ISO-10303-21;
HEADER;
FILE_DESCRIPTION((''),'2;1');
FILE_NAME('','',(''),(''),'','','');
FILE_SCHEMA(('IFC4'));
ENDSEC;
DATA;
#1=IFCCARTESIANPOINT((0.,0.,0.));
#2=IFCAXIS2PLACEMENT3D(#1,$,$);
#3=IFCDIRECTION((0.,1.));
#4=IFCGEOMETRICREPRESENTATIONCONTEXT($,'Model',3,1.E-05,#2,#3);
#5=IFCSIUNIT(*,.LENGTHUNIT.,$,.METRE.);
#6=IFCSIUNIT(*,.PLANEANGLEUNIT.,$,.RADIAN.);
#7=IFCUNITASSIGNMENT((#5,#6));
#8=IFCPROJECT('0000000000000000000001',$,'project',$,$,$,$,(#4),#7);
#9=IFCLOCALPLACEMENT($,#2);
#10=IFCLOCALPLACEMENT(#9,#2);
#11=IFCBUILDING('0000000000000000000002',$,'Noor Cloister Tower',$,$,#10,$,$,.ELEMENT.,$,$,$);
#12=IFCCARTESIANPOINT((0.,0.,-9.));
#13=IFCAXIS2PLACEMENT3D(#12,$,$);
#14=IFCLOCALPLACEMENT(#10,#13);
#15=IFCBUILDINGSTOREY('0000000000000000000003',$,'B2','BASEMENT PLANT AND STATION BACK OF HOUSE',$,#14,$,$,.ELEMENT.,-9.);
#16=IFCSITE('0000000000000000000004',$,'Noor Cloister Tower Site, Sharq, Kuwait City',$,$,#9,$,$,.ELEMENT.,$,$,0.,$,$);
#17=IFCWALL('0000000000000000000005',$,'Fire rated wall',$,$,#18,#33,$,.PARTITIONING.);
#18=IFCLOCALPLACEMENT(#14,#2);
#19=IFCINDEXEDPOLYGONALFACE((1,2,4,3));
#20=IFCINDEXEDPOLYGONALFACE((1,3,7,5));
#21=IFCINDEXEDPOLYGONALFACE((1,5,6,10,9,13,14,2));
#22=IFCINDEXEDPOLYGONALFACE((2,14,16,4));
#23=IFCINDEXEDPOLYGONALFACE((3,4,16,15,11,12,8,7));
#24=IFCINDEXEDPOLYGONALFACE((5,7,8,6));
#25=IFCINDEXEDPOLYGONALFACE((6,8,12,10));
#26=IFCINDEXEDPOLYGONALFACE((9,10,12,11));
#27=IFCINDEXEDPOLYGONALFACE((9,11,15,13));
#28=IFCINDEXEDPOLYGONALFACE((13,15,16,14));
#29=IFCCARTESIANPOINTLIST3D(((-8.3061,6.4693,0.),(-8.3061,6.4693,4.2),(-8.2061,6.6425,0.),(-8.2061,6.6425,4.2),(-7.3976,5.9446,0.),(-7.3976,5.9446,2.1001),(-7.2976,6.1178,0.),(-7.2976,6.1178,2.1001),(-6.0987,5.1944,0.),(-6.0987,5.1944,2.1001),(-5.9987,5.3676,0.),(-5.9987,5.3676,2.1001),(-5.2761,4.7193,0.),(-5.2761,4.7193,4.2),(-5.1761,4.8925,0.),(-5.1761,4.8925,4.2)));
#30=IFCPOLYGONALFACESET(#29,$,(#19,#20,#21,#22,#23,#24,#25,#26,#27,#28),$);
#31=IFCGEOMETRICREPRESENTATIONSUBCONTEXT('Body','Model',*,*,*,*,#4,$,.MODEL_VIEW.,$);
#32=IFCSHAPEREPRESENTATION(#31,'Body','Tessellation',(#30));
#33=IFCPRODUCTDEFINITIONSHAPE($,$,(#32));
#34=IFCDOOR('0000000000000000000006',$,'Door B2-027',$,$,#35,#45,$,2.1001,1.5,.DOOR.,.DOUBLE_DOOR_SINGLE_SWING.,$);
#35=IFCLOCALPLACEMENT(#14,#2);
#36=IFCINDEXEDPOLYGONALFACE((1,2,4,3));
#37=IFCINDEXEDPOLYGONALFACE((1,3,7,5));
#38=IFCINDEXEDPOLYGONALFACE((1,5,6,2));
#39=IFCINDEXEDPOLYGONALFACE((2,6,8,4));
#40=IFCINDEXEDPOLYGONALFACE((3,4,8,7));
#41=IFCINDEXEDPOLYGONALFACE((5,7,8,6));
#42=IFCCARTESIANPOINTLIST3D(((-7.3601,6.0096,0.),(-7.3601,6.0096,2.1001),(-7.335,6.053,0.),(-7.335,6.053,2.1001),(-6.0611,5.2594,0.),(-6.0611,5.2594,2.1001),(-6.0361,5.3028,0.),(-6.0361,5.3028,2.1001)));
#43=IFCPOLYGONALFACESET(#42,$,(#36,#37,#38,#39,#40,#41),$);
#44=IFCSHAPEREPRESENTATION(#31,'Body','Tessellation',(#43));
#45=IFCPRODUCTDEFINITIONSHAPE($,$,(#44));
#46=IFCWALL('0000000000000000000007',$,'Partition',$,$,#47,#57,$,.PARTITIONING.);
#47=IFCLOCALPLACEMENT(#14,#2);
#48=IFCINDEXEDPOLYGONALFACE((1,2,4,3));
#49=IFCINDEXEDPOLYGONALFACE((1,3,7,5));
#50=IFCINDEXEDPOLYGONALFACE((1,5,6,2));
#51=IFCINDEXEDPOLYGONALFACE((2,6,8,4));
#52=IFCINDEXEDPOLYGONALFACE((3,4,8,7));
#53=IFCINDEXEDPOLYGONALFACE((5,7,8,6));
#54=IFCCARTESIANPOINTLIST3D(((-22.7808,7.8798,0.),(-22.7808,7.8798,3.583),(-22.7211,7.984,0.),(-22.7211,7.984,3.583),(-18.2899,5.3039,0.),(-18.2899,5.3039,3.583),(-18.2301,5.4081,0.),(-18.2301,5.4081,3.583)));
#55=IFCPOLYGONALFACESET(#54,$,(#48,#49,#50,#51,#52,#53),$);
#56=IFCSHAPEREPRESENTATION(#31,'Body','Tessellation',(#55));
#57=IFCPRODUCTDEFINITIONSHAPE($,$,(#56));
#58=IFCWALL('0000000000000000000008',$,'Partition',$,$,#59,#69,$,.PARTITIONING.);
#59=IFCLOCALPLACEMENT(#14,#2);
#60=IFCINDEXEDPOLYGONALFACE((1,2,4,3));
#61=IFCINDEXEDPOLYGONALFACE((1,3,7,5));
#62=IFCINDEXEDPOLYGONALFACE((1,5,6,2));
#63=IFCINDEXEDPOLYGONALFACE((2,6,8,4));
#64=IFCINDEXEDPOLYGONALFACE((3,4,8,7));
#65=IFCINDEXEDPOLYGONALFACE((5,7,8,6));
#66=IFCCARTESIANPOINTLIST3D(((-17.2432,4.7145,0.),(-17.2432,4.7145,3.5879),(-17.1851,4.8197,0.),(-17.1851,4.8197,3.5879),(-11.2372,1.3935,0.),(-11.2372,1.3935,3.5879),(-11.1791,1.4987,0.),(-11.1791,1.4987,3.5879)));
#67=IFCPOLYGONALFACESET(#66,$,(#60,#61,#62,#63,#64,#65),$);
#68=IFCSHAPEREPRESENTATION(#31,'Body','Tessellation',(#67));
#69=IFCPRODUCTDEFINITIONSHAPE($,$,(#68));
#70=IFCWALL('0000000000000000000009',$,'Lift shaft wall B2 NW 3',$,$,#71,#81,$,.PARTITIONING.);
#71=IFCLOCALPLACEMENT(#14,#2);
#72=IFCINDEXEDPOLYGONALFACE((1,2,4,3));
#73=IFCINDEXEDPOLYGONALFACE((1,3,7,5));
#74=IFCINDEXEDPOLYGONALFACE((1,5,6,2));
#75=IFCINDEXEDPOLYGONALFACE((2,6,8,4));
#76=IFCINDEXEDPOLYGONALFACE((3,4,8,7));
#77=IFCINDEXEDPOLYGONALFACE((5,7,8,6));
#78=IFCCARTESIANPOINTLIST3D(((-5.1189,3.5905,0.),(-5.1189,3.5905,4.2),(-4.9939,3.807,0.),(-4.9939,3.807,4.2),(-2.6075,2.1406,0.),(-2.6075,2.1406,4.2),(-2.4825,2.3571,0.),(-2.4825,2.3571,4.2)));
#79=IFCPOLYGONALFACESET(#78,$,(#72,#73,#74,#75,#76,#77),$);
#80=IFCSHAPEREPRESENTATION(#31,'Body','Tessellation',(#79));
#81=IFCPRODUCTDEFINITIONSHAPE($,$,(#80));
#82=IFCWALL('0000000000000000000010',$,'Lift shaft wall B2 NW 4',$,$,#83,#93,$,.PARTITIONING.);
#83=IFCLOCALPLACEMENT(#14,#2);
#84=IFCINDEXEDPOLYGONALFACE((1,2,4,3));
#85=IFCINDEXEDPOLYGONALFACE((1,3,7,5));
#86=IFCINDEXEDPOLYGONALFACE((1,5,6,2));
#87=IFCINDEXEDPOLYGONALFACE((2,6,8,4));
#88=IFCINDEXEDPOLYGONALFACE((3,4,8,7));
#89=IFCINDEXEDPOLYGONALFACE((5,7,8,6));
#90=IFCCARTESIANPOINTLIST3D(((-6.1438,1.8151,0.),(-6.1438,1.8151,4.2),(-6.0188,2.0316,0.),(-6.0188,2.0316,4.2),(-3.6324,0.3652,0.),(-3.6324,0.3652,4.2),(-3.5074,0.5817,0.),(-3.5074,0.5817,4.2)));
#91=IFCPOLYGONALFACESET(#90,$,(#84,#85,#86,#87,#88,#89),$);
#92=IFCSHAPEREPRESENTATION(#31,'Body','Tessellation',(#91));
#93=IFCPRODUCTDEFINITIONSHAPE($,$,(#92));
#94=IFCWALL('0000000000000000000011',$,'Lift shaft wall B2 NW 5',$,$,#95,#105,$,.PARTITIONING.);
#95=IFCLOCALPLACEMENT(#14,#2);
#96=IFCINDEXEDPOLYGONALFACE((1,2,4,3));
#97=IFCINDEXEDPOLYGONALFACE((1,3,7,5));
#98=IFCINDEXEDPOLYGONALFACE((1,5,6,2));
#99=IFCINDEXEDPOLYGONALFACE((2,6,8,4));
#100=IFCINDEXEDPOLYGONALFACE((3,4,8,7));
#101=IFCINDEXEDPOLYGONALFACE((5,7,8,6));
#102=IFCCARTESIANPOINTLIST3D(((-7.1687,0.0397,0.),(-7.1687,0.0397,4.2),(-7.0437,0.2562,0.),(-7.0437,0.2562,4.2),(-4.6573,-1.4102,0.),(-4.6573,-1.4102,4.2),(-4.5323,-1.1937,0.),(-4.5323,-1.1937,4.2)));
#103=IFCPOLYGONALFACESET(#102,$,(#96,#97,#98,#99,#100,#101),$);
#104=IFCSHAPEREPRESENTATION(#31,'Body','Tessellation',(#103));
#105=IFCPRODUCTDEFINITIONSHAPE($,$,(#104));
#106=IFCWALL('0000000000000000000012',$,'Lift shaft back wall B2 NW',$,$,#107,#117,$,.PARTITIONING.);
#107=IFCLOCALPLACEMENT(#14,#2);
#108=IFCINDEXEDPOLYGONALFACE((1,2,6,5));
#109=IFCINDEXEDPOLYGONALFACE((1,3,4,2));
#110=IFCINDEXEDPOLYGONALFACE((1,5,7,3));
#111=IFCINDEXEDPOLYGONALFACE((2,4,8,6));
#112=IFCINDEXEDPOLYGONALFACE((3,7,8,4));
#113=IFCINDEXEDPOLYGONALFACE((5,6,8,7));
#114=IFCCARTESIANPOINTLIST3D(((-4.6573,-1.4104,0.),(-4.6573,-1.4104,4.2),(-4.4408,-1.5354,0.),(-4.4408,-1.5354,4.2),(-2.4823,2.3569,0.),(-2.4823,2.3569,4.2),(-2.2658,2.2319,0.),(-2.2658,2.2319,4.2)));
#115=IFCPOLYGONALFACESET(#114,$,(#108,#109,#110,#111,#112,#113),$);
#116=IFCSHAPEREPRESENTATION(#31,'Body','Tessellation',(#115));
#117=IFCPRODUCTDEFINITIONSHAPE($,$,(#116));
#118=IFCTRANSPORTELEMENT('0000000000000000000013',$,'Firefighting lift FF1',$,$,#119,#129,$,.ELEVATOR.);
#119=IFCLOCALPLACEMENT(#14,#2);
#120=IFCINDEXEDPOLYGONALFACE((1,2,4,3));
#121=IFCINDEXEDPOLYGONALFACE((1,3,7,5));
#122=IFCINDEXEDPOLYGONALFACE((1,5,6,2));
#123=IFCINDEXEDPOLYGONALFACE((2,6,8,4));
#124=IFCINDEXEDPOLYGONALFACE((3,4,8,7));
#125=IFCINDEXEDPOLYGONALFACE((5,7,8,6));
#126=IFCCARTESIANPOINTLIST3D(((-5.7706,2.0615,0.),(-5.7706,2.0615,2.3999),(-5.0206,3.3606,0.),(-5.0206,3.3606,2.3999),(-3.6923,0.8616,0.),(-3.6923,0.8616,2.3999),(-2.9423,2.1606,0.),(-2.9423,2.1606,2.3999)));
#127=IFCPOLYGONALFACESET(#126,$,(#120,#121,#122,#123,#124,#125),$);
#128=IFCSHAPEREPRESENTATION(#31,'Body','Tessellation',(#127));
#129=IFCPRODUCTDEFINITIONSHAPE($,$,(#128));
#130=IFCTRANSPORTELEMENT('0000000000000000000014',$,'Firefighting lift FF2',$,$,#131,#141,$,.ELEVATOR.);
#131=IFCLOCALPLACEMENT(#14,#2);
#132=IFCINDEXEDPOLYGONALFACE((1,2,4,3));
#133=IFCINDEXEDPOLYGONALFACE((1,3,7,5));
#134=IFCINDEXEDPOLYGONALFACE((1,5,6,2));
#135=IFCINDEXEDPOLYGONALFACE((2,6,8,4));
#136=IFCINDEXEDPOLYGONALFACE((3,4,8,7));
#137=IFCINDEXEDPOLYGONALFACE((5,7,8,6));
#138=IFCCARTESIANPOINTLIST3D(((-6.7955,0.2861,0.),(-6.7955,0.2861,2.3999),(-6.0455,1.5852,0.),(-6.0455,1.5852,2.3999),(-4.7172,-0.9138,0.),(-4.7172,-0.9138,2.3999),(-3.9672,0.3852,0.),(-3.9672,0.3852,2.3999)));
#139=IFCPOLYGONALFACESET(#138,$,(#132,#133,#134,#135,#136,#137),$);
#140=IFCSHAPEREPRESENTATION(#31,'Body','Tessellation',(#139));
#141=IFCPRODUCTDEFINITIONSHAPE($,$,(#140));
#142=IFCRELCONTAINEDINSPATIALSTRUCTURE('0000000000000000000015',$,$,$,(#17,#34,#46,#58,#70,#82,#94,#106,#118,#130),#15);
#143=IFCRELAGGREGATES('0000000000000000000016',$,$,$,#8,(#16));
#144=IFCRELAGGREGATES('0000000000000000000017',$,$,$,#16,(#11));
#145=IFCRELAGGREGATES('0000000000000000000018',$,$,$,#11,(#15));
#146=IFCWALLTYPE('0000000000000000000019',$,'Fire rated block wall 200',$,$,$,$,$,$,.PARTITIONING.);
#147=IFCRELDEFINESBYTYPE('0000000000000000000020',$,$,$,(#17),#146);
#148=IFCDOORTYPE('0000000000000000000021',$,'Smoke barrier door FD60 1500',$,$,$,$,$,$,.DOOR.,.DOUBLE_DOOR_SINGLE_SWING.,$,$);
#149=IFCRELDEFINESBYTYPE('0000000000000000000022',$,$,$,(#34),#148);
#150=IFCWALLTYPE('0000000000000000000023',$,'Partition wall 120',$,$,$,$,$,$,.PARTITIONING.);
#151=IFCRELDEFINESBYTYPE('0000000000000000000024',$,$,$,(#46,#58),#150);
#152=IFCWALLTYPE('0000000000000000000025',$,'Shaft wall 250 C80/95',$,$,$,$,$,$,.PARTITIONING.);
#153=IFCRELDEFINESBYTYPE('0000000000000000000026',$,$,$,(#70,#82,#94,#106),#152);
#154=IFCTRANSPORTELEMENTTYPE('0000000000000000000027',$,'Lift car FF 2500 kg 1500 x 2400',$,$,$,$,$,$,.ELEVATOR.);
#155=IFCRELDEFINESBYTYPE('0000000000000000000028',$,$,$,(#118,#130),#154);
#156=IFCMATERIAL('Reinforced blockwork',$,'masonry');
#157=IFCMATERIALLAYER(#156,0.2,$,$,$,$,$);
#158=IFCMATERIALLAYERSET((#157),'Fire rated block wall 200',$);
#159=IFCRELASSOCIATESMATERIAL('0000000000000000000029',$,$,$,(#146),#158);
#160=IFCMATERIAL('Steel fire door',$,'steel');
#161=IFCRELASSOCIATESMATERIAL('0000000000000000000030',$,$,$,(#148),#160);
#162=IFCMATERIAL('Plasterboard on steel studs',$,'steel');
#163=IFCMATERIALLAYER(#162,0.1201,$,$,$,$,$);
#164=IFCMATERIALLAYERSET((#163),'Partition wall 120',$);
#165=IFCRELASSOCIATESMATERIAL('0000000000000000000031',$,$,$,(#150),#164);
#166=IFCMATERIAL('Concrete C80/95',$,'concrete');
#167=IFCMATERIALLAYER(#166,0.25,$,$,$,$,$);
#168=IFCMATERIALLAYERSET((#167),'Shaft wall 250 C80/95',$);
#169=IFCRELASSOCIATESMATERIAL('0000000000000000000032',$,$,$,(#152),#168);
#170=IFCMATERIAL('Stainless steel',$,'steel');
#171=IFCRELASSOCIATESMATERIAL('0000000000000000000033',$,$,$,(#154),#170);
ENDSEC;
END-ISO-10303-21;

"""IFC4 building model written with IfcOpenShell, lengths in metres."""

from ifc_helpers import new_model, si_unit, direction, frame, frame_2d, origin, origin_2d, place, context, subcontext, project, spatial, rectangle, extrude, material, layer, layer_set, type_object, element, fill, save


model = new_model("IFC4")

# Units and contexts
model_context = context("Model", 3, precision=1e-05, world=origin(), true_north=direction((0.0, 1.0)))
body_context = subcontext(model_context, "Body", "Model", "MODEL_VIEW")
ifc_project = project(units=[si_unit("LENGTHUNIT", "METRE"), si_unit("PLANEANGLEUNIT", "RADIAN")], contexts=[model_context])

# Site, building, storey
site_placement = place(None, origin())
site = spatial("IfcSite", under=ifc_project, at=site_placement, Name="Noor Cloister Tower Site, Sharq, Kuwait City", CompositionType="ELEMENT", RefElevation=0.0)
building_placement = place(site_placement, origin())
building = spatial("IfcBuilding", under=site, at=building_placement, Name="Noor Cloister Tower", CompositionType="ELEMENT")
storey_placement = place(building_placement, frame((0.0, 0.0, -9.0)))
storey = spatial("IfcBuildingStorey", under=building, at=storey_placement, Name="B2", Description="BASEMENT PLANT AND STATION BACK OF HOUSE", CompositionType="ELEMENT", Elevation=-9.0)

# Shared definitions
ifc_material_1 = material(Name="Reinforced blockwork", Category="masonry")
ifc_layer_1 = layer(ifc_material_1, 0.2)
ifc_layer_set_1 = layer_set([ifc_layer_1], Name="Fire rated block wall 200")
wall_type_1 = type_object("IfcWallType", Name="Fire rated block wall 200", PredefinedType="PARTITIONING", material=ifc_layer_set_1)

# Wall, opening, door
wall_1_placement = place(storey_placement, frame((-5.2261, 4.8059, 0.0), z_axis=(0.0, 0.0, 1.0), x_axis=(-0.86595, 0.500131, 0.0)))
wall_1 = element("IfcWall", 1, at=wall_1_placement, inside=storey, type_object=wall_type_1, Name="Fire rated wall", PredefinedType="PARTITIONING", context=body_context, shape_type="SweptSolid", body=[
    extrude(rectangle(XDim=3.499, YDim=0.2, at=frame_2d((1.7495, 0.0))), origin(), (0.0, 0.0, 1.0), 4.2),
])
opening_1_placement = place(wall_1_placement, frame((0.95, 0.0, 0.0)))
opening_1 = element("IfcOpeningElement", 2, at=opening_1_placement, cuts=wall_1, PredefinedType="OPENING", context=body_context, shape_type="SweptSolid", body=[
    extrude(rectangle(XDim=1.5, YDim=2.1001, at=frame_2d((0.75, 1.05))), frame((0.0, 0.1099, 0.0), z_axis=(0.0, -1.0, 0.0), x_axis=(1.0, 0.0, 0.0)), (0.0, 0.0, 1.0), 0.22),
])
ifc_material_2 = material(Name="Steel fire door", Category="steel")
door_type_1 = type_object("IfcDoorType", Name="Smoke barrier door FD60 1500", OperationType="DOUBLE_DOOR_SINGLE_SWING", PredefinedType="DOOR", material=ifc_material_2)
door_1_placement = place(opening_1_placement, origin())
door_1 = element("IfcDoor", 3, at=door_1_placement, inside=storey, type_object=door_type_1, Name="Door B2-027", OperationType="DOUBLE_DOOR_SINGLE_SWING", OverallHeight=2.1001, OverallWidth=1.5, PredefinedType="DOOR", context=body_context, shape_type="SweptSolid", body=[
    extrude(rectangle(XDim=1.5, YDim=2.1001, at=frame_2d((0.75, 1.05))), frame((0.0, 0.0249, 0.0), z_axis=(0.0, -1.0, 0.0), x_axis=(1.0, 0.0, 0.0)), (0.0, 0.0, 1.0), 0.05),
])
fill(opening_1, door_1)

# Walls
ifc_material_3 = material(Name="Plasterboard on steel studs", Category="steel")
ifc_layer_2 = layer(ifc_material_3, 0.1201)
ifc_layer_set_2 = layer_set([ifc_layer_2], Name="Partition wall 120")
wall_type_2 = type_object("IfcWallType", Name="Partition wall 120", PredefinedType="PARTITIONING", material=ifc_layer_set_2)
wall_2_placement = place(storey_placement, frame((-18.26, 5.356, 0.0), z_axis=(0.0, 0.0, 1.0), x_axis=(-0.867438, 0.497545, 0.0)))
element("IfcWall", 4, at=wall_2_placement, inside=storey, type_object=wall_type_2, Name="Partition", PredefinedType="PARTITIONING", context=body_context, shape_type="SweptSolid", body=[
    extrude(rectangle(XDim=5.1772, YDim=0.1201, at=frame_2d((2.5886, 0.0))), origin(), (0.0, 0.0, 1.0), 3.583),
])
wall_3_placement = place(storey_placement, frame((-11.208, 1.446, 0.0), z_axis=(0.0, 0.0, 1.0), x_axis=(-0.875125, 0.483896, 0.0)))
element("IfcWall", 5, at=wall_3_placement, inside=storey, type_object=wall_type_2, Name="Partition", PredefinedType="PARTITIONING", context=body_context, shape_type="SweptSolid", body=[
    extrude(rectangle(XDim=6.863, YDim=0.1201, at=frame_2d((3.4316, 0.0))), origin(), (0.0, 0.0, 1.0), 3.5879),
])
ifc_material_4 = material(Name="Concrete C80/95", Category="concrete")
ifc_layer_3 = layer(ifc_material_4, 0.25)
ifc_layer_set_3 = layer_set([ifc_layer_3], Name="Shaft wall 250 C80/95")
wall_type_3 = type_object("IfcWallType", Name="Shaft wall 250 C80/95", PredefinedType="PARTITIONING", material=ifc_layer_set_3)
for number, where, z_axis, x_axis, name in (
    (6, (-5.0564, 3.6987, 0.0), (0.0, 0.0, 1.0), (0.866033, -0.499987, 0.0), "Lift shaft wall B2 NW 3"),
    (7, (-6.0813, 1.9233, 0.0), (0.0, 0.0, 1.0), (0.866033, -0.499987, 0.0), "Lift shaft wall B2 NW 4"),
    (8, (-7.1062, 0.1479, 0.0), (0.0, 0.0, 1.0), (0.866033, -0.499987, 0.0), "Lift shaft wall B2 NW 5"),
):
    element("IfcWall", number, at=place(storey_placement, frame(where, z_axis=z_axis, x_axis=x_axis)), inside=storey, type_object=wall_type_3, Name=name, PredefinedType="PARTITIONING", context=body_context, shape_type="SweptSolid", body=[
        extrude(rectangle(XDim=2.8999, YDim=0.25, at=frame_2d((1.45, 0.0))), origin(), (0.0, 0.0, 1.0), 4.2),
    ])
wall_4_placement = place(storey_placement, frame((-2.374, 2.2944, 0.0), z_axis=(0.0, 0.0, 1.0), x_axis=(-0.499996, -0.866028, 0.0)))
element("IfcWall", 9, at=wall_4_placement, inside=storey, type_object=wall_type_3, Name="Lift shaft back wall B2 NW", PredefinedType="PARTITIONING", context=body_context, shape_type="SweptSolid", body=[
    extrude(rectangle(XDim=4.3501, YDim=0.25, at=frame_2d((2.175, 0.0))), origin(), (0.0, 0.0, 1.0), 4.2),
])

# Transport elements
ifc_material_5 = material(Name="Stainless steel", Category="steel")
transport_element_type = type_object("IfcTransportElementType", Name="Lift car FF 2500 kg 1500 x 2400", PredefinedType="ELEVATOR", material=ifc_material_5)
for number, where, z_axis, x_axis, name in (
    (10, (-4.3564, 2.1111, 0.0), (0.0, 0.0, 1.0), (-0.5, -0.866025, 0.0), "Firefighting lift FF1"),
    (11, (-5.3813, 0.3357, 0.0), (0.0, 0.0, 1.0), (-0.5, -0.866025, 0.0), "Firefighting lift FF2"),
):
    element("IfcTransportElement", number, at=place(storey_placement, frame(where, z_axis=z_axis, x_axis=x_axis)), inside=storey, type_object=transport_element_type, Name=name, PredefinedType="ELEVATOR", context=body_context, shape_type="SweptSolid", body=[
        extrude(rectangle(XDim=1.5, YDim=2.3999, at=origin_2d()), origin(), (0.0, 0.0, 1.0), 2.3999),
    ])

save(model, "model.ifc")
